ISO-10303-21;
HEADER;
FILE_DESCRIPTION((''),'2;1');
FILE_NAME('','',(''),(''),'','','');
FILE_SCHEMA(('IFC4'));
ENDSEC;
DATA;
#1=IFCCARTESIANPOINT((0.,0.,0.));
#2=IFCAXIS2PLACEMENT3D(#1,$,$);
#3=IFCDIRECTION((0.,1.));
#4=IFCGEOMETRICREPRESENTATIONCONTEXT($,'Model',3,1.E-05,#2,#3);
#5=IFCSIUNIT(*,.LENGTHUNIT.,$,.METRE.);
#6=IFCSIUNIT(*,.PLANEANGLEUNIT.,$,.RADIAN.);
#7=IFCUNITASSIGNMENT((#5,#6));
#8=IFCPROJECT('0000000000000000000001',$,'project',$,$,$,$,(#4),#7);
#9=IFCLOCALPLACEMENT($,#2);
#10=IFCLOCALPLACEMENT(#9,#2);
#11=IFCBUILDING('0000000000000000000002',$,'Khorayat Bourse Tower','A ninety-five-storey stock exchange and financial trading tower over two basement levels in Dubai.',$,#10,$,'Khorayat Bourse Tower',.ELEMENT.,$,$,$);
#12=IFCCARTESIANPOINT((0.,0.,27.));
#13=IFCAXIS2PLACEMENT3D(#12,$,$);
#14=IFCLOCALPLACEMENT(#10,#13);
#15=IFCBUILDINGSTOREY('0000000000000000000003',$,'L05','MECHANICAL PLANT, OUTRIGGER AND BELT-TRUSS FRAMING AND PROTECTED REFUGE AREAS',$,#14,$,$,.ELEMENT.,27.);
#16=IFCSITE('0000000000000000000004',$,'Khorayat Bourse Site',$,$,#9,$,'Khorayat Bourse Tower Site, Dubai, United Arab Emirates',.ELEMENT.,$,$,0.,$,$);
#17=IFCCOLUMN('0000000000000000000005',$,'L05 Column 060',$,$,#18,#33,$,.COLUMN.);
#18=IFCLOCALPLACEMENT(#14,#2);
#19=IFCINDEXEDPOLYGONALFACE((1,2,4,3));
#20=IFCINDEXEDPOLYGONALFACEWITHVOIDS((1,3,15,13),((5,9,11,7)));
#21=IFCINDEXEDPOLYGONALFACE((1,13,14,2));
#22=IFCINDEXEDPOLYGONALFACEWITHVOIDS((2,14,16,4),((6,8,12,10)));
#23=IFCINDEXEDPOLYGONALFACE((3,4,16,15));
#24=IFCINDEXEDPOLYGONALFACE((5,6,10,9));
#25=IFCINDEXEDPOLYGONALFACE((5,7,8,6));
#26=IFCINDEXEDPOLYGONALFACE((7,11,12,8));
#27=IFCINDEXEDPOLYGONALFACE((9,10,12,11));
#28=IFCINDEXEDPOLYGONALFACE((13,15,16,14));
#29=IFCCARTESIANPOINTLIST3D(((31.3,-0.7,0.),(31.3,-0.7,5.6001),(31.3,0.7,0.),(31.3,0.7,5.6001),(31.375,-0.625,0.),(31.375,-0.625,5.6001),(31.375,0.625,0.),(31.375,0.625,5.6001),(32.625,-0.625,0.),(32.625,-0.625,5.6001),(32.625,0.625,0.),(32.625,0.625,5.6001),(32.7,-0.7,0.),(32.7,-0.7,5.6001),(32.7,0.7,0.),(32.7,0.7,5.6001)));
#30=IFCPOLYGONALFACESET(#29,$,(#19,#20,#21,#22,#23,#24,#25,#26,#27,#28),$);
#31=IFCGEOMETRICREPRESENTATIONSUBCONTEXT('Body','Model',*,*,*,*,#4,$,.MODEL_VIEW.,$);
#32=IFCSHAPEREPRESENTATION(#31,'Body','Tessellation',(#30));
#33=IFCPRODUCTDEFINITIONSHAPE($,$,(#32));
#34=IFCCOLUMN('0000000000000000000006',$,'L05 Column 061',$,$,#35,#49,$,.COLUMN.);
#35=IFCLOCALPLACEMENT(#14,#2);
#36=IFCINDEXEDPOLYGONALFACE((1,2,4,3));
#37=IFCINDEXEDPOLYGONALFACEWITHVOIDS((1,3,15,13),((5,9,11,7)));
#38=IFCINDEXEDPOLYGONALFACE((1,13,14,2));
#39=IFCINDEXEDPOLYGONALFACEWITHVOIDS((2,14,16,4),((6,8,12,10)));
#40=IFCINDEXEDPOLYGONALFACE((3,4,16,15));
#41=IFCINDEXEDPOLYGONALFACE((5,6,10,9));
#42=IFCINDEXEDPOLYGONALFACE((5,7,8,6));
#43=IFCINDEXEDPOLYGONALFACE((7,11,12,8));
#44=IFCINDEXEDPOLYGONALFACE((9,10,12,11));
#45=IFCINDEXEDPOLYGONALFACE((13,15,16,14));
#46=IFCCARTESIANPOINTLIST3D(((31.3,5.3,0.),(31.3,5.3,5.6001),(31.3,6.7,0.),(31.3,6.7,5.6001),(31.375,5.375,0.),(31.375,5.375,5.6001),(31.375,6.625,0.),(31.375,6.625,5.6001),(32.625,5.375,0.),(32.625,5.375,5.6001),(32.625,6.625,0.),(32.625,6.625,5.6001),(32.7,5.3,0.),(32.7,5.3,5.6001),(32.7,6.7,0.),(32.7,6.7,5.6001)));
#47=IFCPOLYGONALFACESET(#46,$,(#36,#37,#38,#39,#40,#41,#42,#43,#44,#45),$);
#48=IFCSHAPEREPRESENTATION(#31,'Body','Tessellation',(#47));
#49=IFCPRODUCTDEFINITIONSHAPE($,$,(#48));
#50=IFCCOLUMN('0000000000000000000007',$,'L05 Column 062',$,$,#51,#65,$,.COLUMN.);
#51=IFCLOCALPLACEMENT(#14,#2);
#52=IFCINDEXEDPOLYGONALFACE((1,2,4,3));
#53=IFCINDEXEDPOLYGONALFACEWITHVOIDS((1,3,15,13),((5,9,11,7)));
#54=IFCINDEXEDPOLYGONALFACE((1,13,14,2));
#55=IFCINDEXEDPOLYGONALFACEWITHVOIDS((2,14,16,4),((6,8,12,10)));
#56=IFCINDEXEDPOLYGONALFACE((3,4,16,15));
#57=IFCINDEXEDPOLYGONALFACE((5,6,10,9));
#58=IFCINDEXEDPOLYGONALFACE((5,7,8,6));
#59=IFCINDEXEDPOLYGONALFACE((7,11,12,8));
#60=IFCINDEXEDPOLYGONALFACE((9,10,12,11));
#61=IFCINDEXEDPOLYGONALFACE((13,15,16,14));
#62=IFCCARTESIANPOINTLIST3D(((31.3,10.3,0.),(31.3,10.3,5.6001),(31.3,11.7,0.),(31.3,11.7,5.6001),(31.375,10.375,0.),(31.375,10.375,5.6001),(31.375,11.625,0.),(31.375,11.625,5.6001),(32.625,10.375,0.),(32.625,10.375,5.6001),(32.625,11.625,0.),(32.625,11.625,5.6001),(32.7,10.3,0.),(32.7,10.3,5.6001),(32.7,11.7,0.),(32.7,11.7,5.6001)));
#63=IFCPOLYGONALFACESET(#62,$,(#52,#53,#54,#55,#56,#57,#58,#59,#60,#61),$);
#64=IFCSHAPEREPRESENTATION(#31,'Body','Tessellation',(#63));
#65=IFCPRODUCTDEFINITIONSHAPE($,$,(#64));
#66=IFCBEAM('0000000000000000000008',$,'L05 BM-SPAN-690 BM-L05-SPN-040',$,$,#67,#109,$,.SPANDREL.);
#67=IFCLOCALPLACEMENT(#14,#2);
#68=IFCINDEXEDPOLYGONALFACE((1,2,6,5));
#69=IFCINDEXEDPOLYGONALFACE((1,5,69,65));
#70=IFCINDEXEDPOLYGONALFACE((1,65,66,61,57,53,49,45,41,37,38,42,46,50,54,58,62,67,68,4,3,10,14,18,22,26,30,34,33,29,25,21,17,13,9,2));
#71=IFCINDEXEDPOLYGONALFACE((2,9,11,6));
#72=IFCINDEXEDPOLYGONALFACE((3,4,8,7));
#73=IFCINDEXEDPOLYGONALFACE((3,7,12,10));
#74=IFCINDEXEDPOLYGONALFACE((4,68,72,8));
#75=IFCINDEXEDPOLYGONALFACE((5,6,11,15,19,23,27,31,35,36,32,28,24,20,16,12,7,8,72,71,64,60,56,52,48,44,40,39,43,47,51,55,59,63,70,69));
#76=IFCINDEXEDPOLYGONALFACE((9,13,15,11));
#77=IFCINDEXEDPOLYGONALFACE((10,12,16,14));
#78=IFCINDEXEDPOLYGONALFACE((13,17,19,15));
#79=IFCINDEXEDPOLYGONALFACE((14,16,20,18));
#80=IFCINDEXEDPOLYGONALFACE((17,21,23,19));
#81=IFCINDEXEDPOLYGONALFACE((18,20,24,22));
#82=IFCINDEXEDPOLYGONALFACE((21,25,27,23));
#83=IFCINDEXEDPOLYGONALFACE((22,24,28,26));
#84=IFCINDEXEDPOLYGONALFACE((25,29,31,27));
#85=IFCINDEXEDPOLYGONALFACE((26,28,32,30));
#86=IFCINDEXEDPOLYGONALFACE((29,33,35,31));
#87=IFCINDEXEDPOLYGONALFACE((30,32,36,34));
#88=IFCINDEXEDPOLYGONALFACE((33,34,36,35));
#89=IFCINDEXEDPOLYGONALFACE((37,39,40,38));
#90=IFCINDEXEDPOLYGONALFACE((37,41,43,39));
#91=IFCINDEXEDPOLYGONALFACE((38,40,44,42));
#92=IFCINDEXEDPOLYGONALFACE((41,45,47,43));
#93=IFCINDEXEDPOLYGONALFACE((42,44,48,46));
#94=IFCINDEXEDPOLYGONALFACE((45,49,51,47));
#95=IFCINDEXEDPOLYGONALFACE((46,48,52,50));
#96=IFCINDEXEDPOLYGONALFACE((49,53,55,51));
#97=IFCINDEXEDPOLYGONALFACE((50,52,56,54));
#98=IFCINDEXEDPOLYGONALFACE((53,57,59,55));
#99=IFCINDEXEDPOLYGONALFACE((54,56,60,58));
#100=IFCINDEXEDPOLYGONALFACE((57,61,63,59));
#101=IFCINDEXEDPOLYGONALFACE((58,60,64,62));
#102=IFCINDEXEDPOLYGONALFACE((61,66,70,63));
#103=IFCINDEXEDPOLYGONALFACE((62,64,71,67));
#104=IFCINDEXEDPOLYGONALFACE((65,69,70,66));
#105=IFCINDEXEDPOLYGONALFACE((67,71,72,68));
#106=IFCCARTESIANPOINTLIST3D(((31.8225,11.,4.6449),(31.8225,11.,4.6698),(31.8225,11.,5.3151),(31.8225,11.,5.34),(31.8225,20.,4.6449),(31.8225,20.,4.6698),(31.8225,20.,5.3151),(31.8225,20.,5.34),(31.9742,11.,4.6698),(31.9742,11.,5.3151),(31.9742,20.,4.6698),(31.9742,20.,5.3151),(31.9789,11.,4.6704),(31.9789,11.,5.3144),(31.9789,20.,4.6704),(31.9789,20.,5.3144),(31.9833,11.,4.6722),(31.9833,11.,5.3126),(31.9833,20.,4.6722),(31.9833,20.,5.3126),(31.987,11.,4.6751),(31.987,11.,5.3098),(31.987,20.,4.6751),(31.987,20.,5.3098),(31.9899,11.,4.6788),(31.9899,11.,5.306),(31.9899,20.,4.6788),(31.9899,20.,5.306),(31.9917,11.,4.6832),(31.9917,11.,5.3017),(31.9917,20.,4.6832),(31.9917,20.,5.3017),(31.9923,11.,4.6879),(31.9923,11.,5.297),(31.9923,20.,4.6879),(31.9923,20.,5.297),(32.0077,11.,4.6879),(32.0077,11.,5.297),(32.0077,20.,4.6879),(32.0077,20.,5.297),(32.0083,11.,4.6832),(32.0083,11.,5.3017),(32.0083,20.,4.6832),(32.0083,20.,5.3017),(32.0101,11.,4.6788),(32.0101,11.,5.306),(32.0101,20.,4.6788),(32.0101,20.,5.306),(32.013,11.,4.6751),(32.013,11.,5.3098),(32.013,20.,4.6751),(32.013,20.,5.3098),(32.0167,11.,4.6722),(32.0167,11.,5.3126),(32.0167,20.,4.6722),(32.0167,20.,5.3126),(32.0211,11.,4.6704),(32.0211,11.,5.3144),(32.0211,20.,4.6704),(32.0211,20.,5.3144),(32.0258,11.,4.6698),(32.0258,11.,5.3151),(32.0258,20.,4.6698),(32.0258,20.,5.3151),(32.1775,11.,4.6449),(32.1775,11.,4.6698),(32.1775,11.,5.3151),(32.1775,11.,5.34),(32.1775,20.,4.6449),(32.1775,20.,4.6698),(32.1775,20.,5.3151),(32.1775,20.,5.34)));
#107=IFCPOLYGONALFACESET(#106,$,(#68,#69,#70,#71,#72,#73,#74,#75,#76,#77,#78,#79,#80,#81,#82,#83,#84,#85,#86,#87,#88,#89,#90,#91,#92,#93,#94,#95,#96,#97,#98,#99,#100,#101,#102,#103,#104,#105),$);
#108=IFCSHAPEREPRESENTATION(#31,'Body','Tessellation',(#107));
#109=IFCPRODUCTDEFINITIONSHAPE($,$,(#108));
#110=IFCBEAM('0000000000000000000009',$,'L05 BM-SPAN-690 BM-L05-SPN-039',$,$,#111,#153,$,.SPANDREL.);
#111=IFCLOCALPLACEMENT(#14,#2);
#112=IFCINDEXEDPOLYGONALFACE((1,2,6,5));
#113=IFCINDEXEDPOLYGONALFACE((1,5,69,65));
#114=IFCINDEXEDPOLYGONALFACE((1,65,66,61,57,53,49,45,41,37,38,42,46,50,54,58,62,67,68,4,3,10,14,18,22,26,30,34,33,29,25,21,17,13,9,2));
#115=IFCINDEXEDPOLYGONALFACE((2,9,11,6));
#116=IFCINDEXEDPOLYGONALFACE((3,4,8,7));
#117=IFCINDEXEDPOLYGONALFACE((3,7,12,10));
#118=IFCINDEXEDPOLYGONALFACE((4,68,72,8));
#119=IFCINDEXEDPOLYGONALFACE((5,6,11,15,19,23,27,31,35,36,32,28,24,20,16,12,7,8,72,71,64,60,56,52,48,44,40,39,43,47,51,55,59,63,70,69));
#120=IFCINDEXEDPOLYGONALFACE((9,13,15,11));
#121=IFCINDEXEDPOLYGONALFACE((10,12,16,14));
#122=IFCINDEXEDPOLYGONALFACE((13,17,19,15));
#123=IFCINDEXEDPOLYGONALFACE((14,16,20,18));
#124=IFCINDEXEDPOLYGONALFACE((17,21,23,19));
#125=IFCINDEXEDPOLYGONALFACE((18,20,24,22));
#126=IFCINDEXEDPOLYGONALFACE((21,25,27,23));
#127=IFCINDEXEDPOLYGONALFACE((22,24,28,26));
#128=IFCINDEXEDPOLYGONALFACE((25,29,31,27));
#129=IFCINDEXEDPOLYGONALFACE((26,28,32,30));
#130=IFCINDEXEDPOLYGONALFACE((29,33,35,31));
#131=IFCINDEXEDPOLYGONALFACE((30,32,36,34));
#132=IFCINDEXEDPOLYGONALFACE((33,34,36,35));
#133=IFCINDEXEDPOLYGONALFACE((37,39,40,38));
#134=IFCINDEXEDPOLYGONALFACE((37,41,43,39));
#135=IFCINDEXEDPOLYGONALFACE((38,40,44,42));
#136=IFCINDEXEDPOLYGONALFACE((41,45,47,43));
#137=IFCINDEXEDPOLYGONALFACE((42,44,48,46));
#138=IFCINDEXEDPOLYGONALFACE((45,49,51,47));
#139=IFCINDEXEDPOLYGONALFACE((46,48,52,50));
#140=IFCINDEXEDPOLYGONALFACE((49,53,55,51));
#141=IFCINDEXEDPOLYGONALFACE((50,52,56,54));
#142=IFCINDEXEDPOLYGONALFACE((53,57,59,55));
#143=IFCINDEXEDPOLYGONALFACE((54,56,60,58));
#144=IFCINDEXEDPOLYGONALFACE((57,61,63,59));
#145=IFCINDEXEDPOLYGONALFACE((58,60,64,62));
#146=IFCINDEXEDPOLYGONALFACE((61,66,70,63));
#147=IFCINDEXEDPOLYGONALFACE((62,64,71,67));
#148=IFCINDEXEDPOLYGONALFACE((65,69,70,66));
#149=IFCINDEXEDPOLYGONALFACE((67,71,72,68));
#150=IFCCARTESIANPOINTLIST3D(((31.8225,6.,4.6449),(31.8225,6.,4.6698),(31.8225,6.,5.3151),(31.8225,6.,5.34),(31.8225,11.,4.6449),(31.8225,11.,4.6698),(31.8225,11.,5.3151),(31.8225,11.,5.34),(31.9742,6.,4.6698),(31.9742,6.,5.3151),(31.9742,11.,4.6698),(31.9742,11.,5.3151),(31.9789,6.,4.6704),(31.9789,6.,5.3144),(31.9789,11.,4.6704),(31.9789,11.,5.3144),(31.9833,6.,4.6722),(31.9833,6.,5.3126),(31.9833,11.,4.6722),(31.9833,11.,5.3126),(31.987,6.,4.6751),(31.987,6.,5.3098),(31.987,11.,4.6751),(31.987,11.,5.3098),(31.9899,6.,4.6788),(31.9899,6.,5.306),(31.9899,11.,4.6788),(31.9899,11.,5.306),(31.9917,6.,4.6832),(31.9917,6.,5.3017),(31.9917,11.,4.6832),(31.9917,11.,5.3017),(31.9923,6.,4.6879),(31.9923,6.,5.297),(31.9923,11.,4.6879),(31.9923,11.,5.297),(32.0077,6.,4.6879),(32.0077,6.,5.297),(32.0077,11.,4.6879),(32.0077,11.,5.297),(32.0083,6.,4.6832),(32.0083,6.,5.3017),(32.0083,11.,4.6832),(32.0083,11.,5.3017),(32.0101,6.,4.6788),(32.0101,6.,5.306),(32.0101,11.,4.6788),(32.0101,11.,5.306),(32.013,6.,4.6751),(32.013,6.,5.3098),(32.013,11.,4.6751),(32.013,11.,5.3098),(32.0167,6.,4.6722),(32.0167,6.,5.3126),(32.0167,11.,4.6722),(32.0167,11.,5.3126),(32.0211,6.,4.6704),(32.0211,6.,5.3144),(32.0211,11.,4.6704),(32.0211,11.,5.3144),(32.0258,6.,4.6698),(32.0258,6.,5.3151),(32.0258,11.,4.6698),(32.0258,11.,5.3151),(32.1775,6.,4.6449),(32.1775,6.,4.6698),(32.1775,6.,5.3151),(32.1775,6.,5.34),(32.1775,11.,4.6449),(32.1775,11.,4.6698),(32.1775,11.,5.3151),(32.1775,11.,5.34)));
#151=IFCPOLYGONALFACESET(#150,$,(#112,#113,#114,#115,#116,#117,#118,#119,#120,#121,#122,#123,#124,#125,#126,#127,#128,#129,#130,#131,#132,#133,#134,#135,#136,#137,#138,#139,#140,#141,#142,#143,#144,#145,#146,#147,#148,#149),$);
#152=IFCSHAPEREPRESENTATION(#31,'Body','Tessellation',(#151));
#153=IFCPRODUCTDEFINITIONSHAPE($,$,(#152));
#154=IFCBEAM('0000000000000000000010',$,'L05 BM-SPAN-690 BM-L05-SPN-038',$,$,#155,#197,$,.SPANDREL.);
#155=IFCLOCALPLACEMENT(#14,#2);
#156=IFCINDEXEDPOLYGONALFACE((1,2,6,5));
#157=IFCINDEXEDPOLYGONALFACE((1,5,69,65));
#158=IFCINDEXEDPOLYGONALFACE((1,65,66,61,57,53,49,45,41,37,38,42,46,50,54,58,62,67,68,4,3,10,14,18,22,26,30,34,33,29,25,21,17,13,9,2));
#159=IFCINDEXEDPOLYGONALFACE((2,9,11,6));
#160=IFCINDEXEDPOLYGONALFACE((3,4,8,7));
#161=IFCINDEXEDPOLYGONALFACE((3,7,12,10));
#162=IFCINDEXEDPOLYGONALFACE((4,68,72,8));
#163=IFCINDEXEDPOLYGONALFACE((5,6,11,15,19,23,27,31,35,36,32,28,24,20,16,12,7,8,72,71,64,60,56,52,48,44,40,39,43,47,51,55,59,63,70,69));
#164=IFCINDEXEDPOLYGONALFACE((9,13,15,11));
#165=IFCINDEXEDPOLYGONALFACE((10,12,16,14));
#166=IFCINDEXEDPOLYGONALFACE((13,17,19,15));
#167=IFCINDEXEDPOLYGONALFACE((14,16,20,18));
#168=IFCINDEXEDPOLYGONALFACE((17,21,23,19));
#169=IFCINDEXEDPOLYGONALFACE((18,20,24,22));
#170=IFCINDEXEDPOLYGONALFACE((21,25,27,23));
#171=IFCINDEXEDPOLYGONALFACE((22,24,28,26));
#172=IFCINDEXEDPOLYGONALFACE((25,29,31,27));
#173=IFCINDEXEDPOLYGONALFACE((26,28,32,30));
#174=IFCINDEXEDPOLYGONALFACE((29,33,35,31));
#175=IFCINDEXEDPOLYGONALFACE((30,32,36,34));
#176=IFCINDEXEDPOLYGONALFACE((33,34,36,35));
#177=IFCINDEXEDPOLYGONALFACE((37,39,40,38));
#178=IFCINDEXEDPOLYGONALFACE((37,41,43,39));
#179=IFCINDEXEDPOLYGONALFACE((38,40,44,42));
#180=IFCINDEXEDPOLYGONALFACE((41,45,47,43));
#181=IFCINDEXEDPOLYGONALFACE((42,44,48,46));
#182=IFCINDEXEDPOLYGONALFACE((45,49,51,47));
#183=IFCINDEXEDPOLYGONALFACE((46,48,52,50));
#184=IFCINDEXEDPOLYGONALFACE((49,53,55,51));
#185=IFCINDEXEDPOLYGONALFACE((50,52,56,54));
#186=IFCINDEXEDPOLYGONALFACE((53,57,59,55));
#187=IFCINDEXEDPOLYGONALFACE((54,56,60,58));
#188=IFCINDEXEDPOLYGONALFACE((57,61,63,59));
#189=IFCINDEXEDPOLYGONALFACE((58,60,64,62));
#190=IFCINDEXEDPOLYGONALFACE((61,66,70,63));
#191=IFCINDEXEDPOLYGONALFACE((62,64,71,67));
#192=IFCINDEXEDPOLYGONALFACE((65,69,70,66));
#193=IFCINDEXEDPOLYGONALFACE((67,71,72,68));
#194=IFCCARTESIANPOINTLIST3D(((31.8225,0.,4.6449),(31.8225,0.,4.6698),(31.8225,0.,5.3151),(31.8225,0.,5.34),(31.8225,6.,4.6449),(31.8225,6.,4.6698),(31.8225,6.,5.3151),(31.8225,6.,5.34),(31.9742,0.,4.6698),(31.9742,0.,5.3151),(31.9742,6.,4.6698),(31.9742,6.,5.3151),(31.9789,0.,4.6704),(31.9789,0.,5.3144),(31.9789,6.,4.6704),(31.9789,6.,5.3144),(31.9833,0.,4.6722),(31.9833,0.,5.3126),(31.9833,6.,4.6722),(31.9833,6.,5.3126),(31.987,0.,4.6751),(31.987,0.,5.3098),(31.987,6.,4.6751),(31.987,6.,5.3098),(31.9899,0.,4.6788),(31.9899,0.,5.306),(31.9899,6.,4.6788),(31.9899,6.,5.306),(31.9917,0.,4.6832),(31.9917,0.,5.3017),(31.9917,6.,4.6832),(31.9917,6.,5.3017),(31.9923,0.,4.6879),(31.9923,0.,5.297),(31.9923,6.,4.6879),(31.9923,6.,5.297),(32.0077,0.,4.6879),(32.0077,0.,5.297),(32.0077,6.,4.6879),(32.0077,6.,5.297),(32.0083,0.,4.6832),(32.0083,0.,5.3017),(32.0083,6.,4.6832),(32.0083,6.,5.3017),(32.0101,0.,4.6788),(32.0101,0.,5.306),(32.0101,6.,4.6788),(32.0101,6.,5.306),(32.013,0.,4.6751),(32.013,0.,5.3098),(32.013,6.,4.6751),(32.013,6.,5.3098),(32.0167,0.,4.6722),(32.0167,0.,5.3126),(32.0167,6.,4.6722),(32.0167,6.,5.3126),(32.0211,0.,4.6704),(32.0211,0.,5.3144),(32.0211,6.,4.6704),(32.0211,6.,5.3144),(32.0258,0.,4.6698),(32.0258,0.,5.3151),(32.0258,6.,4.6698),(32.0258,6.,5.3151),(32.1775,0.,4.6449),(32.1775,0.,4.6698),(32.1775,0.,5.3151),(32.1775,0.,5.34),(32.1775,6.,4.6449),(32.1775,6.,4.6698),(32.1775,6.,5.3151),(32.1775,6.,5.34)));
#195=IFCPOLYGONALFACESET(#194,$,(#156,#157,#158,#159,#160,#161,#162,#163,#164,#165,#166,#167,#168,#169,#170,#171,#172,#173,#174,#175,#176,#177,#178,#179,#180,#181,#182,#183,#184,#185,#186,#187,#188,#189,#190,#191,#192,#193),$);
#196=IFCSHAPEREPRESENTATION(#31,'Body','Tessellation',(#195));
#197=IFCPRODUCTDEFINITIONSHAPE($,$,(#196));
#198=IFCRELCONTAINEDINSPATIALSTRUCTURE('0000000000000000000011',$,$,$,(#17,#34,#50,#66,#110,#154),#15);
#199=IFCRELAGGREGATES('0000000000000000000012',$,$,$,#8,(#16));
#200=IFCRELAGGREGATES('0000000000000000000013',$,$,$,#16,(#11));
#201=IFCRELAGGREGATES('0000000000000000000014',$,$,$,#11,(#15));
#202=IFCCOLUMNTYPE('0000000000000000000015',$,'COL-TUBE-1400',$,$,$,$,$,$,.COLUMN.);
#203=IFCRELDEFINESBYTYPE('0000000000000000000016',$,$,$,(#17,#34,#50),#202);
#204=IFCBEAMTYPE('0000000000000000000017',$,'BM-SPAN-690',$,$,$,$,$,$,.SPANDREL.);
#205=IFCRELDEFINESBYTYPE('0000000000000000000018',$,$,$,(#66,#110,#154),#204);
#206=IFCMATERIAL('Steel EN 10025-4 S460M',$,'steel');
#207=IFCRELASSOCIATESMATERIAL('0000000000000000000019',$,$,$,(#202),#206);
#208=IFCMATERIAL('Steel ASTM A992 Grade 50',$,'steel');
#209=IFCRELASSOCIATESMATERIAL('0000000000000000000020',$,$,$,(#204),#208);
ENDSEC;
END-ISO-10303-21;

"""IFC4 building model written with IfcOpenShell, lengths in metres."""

from ifc_helpers import new_model, si_unit, direction, frame, origin, origin_2d, place, context, subcontext, project, spatial, hollow_rectangle, i_section, extrude, source, transform, mapped, material, material_profile, profile_set, type_object, element, save


model = new_model("IFC4")

# Units and contexts
model_context = context("Model", 3, precision=1e-05, world=origin(), true_north=direction((0.0, 1.0)))
body_context = subcontext(model_context, "Body", "Model", "MODEL_VIEW")
ifc_project = project(units=[si_unit("LENGTHUNIT", "METRE"), si_unit("PLANEANGLEUNIT", "RADIAN")], contexts=[model_context])

# Site, building, storey
site_placement = place(None, origin())
site = spatial("IfcSite", under=ifc_project, at=site_placement, Name="Khorayat Bourse Site", LongName="Khorayat Bourse Tower Site, Dubai, United Arab Emirates", CompositionType="ELEMENT", RefElevation=0.0)
building_placement = place(site_placement, origin())
building = spatial("IfcBuilding", under=site, at=building_placement, Name="Khorayat Bourse Tower", Description="A ninety-five-storey stock exchange and financial trading tower over two basement levels in Dubai.", LongName="Khorayat Bourse Tower", CompositionType="ELEMENT")
storey_placement = place(building_placement, frame((0.0, 0.0, 27.0)))
storey = spatial("IfcBuildingStorey", under=building, at=storey_placement, Name="L05", Description="MECHANICAL PLANT, OUTRIGGER AND BELT-TRUSS FRAMING AND PROTECTED REFUGE AREAS", CompositionType="ELEMENT", Elevation=27.0)

# Columns
ifc_material_1 = material(Name="Steel EN 10025-4 S460M", Category="steel")
ifc_material_profile_1 = material_profile(ifc_material_1, hollow_rectangle(XDim=1.3999, YDim=1.3999, WallThickness=0.075, at=origin_2d()), Name="BOX 1400x1400x75")
ifc_profile_set_1 = profile_set([ifc_material_profile_1], Name="Steel EN 10025-4 S460M")
column_type = type_object("IfcColumnType", Name="COL-TUBE-1400", PredefinedType="COLUMN", material=ifc_profile_set_1)
shared_shape_1 = source(origin(), body_context, "Body", "SweptSolid", [
    extrude(hollow_rectangle(XDim=1.3999, YDim=1.3999, WallThickness=0.075, at=origin_2d()), origin(), (0.0, 0.0, 1.0), 5.6001),
])
for number, where, z_axis, x_axis, name in (
    (1, (32.0, 0.0, 0.0), (0.0, 0.0, 1.0), (1.0, 0.0, 0.0), "L05 Column 060"),
    (2, (32.0, 6.0, 0.0), (0.0, 0.0, 1.0), (1.0, 0.0, 0.0), "L05 Column 061"),
    (3, (32.0, 11.0, 0.0), (0.0, 0.0, 1.0), (1.0, 0.0, 0.0), "L05 Column 062"),
):
    element("IfcColumn", number, at=place(storey_placement, frame(where, z_axis=z_axis, x_axis=x_axis)), inside=storey, type_object=column_type, Name=name, PredefinedType="COLUMN", context=body_context, shape_type="MappedRepresentation", body=[
        mapped(shared_shape_1, transform((0.0, 0.0, 0.0), scale=1.0)),
    ])

# Beams
ifc_material_2 = material(Name="Steel ASTM A992 Grade 50", Category="steel")
ifc_material_profile_2 = material_profile(ifc_material_2, i_section(OverallWidth=0.355, OverallDepth=0.6951, WebThickness=0.0154, FlangeThickness=0.0249, FilletRadius=0.0181, at=origin_2d()), Name="W690X217")
ifc_profile_set_2 = profile_set([ifc_material_profile_2], Name="Steel ASTM A992 Grade 50")
beam_type_1 = type_object("IfcBeamType", Name="BM-SPAN-690", PredefinedType="SPANDREL", material=ifc_profile_set_2)
shared_shape_2 = source(origin(), body_context, "Body", "SweptSolid", [
    extrude(i_section(OverallWidth=0.355, OverallDepth=0.6951, WebThickness=0.0154, FlangeThickness=0.0249, FilletRadius=0.0181, at=origin_2d()), origin(), (0.0, 0.0, 1.0), 9.0),
])
beam_1_placement = place(storey_placement, frame((32.0, 11.0, 4.9924), z_axis=(0.0, 1.0, 0.0), x_axis=(-1.0, 0.0, 0.0)))
element("IfcBeam", 4, at=beam_1_placement, inside=storey, type_object=beam_type_1, Name="L05 BM-SPAN-690 BM-L05-SPN-040", PredefinedType="SPANDREL", context=body_context, shape_type="MappedRepresentation", body=[
    mapped(shared_shape_2, transform((0.0, 0.0, 0.0), scale=1.0)),
])
shared_shape_3 = source(origin(), body_context, "Body", "SweptSolid", [
    extrude(i_section(OverallWidth=0.355, OverallDepth=0.6951, WebThickness=0.0154, FlangeThickness=0.0249, FilletRadius=0.0181, at=origin_2d()), origin(), (0.0, 0.0, 1.0), 5.0),
])
beam_2_placement = place(storey_placement, frame((32.0, 6.0, 4.9924), z_axis=(0.0, 1.0, 0.0), x_axis=(-1.0, 0.0, 0.0)))
element("IfcBeam", 5, at=beam_2_placement, inside=storey, type_object=beam_type_1, Name="L05 BM-SPAN-690 BM-L05-SPN-039", PredefinedType="SPANDREL", context=body_context, shape_type="MappedRepresentation", body=[
    mapped(shared_shape_3, transform((0.0, 0.0, 0.0), scale=1.0)),
])
shared_shape_4 = source(origin(), body_context, "Body", "SweptSolid", [
    extrude(i_section(OverallWidth=0.355, OverallDepth=0.6951, WebThickness=0.0154, FlangeThickness=0.0249, FilletRadius=0.0181, at=origin_2d()), origin(), (0.0, 0.0, 1.0), 6.0),
])
beam_3_placement = place(storey_placement, frame((32.0, 0.0, 4.9924), z_axis=(0.0, 1.0, 0.0), x_axis=(-1.0, 0.0, 0.0)))
element("IfcBeam", 6, at=beam_3_placement, inside=storey, type_object=beam_type_1, Name="L05 BM-SPAN-690 BM-L05-SPN-038", PredefinedType="SPANDREL", context=body_context, shape_type="MappedRepresentation", body=[
    mapped(shared_shape_4, transform((0.0, 0.0, 0.0), scale=1.0)),
])

save(model, "model.ifc")
